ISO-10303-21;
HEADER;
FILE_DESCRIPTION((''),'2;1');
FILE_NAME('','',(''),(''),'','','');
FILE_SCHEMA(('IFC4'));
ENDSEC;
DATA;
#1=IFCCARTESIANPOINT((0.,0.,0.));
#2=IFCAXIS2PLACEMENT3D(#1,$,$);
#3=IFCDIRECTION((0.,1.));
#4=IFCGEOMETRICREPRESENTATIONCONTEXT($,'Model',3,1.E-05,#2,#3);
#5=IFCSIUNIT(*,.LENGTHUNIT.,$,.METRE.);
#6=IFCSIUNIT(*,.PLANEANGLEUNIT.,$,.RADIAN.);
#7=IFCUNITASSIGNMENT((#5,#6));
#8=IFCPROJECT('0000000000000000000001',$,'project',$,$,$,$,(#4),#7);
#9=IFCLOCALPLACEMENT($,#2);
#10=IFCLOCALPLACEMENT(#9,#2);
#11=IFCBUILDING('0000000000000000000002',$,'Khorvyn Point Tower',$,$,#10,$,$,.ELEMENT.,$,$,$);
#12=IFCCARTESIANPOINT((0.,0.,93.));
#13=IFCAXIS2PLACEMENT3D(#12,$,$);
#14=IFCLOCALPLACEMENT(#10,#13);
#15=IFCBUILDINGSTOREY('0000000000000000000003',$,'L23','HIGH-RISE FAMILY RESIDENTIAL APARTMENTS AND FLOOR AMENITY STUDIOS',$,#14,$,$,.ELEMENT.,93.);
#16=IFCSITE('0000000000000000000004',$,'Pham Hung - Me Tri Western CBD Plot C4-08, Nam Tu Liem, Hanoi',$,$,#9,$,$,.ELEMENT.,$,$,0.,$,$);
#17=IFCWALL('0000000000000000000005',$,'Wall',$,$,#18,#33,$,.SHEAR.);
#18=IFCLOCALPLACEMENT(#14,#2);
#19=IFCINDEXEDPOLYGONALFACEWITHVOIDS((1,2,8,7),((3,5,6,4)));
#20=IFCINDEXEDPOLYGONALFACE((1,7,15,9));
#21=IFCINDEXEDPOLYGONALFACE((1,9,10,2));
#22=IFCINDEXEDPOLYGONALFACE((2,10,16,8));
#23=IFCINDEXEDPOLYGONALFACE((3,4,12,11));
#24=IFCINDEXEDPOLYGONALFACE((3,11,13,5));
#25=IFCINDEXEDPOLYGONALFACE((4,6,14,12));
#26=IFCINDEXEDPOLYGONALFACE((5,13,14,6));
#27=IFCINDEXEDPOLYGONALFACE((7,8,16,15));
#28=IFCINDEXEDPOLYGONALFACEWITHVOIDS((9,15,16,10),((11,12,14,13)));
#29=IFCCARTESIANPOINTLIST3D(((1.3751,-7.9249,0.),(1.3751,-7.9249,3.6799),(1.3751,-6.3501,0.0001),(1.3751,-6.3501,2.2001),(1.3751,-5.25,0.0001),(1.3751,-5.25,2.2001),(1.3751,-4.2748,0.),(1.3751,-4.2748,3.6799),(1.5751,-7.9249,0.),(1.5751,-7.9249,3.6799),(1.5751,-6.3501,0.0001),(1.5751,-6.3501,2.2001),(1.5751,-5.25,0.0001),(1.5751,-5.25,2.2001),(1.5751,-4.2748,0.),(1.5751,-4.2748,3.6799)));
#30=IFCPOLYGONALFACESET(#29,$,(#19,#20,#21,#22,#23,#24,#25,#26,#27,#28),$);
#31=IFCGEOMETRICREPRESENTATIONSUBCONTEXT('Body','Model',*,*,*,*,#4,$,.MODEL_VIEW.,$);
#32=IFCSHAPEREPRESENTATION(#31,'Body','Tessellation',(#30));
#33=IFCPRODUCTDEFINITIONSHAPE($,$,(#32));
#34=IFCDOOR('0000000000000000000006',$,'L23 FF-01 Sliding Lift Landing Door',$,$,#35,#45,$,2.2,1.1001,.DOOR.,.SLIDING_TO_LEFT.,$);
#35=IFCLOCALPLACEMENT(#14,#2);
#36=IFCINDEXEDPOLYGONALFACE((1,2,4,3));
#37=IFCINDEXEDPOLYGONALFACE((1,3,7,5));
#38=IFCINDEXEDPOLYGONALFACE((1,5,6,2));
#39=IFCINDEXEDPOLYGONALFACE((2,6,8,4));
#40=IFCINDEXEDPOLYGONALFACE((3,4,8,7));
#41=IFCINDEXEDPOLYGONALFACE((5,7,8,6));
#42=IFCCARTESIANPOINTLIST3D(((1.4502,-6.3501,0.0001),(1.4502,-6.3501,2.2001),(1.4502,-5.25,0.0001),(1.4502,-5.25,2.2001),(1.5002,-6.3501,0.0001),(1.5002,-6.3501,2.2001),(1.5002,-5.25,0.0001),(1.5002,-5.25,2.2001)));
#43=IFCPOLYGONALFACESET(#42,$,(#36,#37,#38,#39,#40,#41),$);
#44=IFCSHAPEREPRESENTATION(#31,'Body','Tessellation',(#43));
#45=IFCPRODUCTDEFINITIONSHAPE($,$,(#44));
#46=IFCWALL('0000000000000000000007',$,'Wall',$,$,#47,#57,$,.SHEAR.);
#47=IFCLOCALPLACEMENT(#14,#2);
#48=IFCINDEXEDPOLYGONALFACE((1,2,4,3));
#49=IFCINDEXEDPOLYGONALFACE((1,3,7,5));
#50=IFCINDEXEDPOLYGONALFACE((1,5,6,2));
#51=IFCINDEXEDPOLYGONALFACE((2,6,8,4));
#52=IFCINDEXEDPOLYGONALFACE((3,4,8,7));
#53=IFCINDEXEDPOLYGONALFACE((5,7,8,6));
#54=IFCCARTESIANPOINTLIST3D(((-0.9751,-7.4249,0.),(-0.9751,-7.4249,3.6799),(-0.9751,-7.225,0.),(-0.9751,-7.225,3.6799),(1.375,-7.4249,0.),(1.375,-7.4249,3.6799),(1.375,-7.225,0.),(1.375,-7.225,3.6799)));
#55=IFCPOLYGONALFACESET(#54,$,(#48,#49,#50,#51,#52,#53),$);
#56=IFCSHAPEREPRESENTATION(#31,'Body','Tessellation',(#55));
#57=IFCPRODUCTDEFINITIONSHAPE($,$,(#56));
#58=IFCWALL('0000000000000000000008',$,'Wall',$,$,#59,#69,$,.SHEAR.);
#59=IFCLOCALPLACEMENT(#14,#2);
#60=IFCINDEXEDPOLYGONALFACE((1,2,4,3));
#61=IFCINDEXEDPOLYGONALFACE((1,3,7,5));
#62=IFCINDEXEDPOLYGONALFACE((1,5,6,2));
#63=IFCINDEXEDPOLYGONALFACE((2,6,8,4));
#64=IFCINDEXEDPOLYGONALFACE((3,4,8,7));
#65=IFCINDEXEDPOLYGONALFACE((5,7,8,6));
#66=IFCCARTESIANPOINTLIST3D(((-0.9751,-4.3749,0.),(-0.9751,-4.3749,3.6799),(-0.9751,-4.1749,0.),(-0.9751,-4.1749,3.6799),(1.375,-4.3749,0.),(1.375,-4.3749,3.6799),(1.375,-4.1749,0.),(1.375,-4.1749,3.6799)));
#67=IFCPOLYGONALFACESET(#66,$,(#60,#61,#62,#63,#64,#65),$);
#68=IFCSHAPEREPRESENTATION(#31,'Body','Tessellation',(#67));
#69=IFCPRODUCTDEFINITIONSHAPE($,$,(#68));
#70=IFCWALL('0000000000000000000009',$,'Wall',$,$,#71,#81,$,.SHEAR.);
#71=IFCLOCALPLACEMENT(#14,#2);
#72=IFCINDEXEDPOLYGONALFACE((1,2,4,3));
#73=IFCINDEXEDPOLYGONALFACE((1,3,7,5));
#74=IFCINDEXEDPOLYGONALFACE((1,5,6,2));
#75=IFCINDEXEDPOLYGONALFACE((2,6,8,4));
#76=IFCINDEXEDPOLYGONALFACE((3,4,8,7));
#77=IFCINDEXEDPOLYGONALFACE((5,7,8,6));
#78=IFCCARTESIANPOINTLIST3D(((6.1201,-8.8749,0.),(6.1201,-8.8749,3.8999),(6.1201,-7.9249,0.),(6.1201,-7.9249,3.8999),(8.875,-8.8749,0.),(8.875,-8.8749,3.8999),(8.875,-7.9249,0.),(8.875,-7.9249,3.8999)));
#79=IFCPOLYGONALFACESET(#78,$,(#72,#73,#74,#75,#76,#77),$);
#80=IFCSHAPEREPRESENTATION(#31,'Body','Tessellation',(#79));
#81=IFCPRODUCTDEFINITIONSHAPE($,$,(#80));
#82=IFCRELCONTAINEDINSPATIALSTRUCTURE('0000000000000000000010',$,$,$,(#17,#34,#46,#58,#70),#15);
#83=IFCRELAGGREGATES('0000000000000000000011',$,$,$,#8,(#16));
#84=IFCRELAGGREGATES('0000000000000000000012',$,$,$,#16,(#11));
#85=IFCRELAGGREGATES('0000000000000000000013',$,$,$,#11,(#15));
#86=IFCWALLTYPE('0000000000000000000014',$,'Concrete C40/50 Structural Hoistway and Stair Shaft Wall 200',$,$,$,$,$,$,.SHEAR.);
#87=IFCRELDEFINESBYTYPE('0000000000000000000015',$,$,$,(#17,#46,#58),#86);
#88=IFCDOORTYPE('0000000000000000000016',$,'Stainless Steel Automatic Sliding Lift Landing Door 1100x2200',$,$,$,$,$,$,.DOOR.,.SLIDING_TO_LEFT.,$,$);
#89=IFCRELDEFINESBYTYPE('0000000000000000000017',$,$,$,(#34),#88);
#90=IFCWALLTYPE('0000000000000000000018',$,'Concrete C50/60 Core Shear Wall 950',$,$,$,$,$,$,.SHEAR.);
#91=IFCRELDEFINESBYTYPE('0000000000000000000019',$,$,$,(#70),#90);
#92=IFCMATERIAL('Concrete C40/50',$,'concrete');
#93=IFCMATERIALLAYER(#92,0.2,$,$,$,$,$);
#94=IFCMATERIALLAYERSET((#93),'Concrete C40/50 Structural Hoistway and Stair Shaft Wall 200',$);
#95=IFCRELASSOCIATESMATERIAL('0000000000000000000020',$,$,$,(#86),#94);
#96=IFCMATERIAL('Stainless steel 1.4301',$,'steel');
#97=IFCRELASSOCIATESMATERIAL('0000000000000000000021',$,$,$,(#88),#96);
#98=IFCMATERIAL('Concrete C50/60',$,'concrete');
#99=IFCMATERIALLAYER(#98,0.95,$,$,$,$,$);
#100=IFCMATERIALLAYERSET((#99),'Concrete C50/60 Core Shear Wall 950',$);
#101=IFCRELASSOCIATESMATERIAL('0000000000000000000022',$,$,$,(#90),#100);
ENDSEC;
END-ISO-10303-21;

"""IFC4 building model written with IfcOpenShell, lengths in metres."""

from ifc_helpers import new_model, si_unit, direction, frame, frame_2d, origin, place, context, subcontext, project, spatial, rectangle, extrude, material, layer, layer_set, type_object, element, fill, save


model = new_model("IFC4")

# Units and contexts
model_context = context("Model", 3, precision=1e-05, world=origin(), true_north=direction((0.0, 1.0)))
body_context = subcontext(model_context, "Body", "Model", "MODEL_VIEW")
ifc_project = project(units=[si_unit("LENGTHUNIT", "METRE"), si_unit("PLANEANGLEUNIT", "RADIAN")], contexts=[model_context])

# Site, building, storey
site_placement = place(None, origin())
site = spatial("IfcSite", under=ifc_project, at=site_placement, Name="Pham Hung - Me Tri Western CBD Plot C4-08, Nam Tu Liem, Hanoi", CompositionType="ELEMENT", RefElevation=0.0)
building_placement = place(site_placement, origin())
building = spatial("IfcBuilding", under=site, at=building_placement, Name="Khorvyn Point Tower", CompositionType="ELEMENT")
storey_placement = place(building_placement, frame((0.0, 0.0, 93.0)))
storey = spatial("IfcBuildingStorey", under=building, at=storey_placement, Name="L23", Description="HIGH-RISE FAMILY RESIDENTIAL APARTMENTS AND FLOOR AMENITY STUDIOS", CompositionType="ELEMENT", Elevation=93.0)

# Shared definitions
ifc_material_1 = material(Name="Concrete C40/50", Category="concrete")

# Shared definitions
ifc_material_2 = material(Name="Concrete C50/60", Category="concrete")

# Shared definitions
ifc_layer_1 = layer(ifc_material_1, 0.2)
ifc_layer_set_1 = layer_set([ifc_layer_1], Name="Concrete C40/50 Structural Hoistway and Stair Shaft Wall 200")
wall_type_1 = type_object("IfcWallType", Name="Concrete C40/50 Structural Hoistway and Stair Shaft Wall 200", PredefinedType="SHEAR", material=ifc_layer_set_1)

# Wall, opening, door
wall_1_placement = place(storey_placement, frame((1.4751, -7.925, 0.0), z_axis=(0.0, 0.0, 1.0), x_axis=(0.0, 1.0, 0.0)))
wall_1 = element("IfcWall", 1, at=wall_1_placement, inside=storey, type_object=wall_type_1, Name="Wall", PredefinedType="SHEAR", context=body_context, shape_type="SweptSolid", body=[
    extrude(rectangle(XDim=3.6501, YDim=0.2, at=frame_2d((1.8252, 0.0))), origin(), (0.0, 0.0, 1.0), 3.6799),
])
opening_1_placement = place(wall_1_placement, frame((1.575, 0.0, 0.0)))
opening_1 = element("IfcOpeningElement", 2, at=opening_1_placement, cuts=wall_1, PredefinedType="OPENING", context=body_context, shape_type="SweptSolid", body=[
    extrude(rectangle(XDim=1.1001, YDim=2.2, at=frame_2d((0.55, 1.1001))), frame((0.0, 0.1099, 0.0), z_axis=(0.0, -1.0, 0.0), x_axis=(1.0, 0.0, 0.0)), (0.0, 0.0, 1.0), 0.22),
])
ifc_material_3 = material(Name="Stainless steel 1.4301", Category="steel")
door_type_1 = type_object("IfcDoorType", Name="Stainless Steel Automatic Sliding Lift Landing Door 1100x2200", OperationType="SLIDING_TO_LEFT", PredefinedType="DOOR", material=ifc_material_3)
door_1_placement = place(opening_1_placement, origin())
door_1 = element("IfcDoor", 3, at=door_1_placement, inside=storey, type_object=door_type_1, Name="L23 FF-01 Sliding Lift Landing Door", OperationType="SLIDING_TO_LEFT", OverallHeight=2.2, OverallWidth=1.1001, PredefinedType="DOOR", context=body_context, shape_type="SweptSolid", body=[
    extrude(rectangle(XDim=1.1001, YDim=2.2, at=frame_2d((0.55, 1.1001))), frame((0.0, 0.0249, 0.0), z_axis=(0.0, -1.0, 0.0), x_axis=(1.0, 0.0, 0.0)), (0.0, 0.0, 1.0), 0.05),
])
fill(opening_1, door_1)

# Walls
for number, where, z_axis, x_axis, name in (
    (4, (-0.9751, -7.325, 0.0), (0.0, 0.0, 1.0), (1.0, 0.0, 0.0), "Wall"),
    (5, (-0.9751, -4.2749, 0.0), (0.0, 0.0, 1.0), (1.0, 0.0, 0.0), "Wall"),
):
    element("IfcWall", number, at=place(storey_placement, frame(where, z_axis=z_axis, x_axis=x_axis)), inside=storey, type_object=wall_type_1, Name=name, PredefinedType="SHEAR", context=body_context, shape_type="SweptSolid", body=[
        extrude(rectangle(XDim=2.3501, YDim=0.2, at=frame_2d((1.175, 0.0))), origin(), (0.0, 0.0, 1.0), 3.6799),
    ])
ifc_layer_2 = layer(ifc_material_2, 0.95)
ifc_layer_set_2 = layer_set([ifc_layer_2], Name="Concrete C50/60 Core Shear Wall 950")
wall_type_2 = type_object("IfcWallType", Name="Concrete C50/60 Core Shear Wall 950", PredefinedType="SHEAR", material=ifc_layer_set_2)
wall_2_placement = place(storey_placement, frame((6.1201, -8.3999, 0.0), z_axis=(0.0, 0.0, 1.0), x_axis=(1.0, 0.0, 0.0)))
element("IfcWall", 6, at=wall_2_placement, inside=storey, type_object=wall_type_2, Name="Wall", PredefinedType="SHEAR", context=body_context, shape_type="SweptSolid", body=[
    extrude(rectangle(XDim=2.7549, YDim=0.95, at=frame_2d((1.3774, 0.0))), origin(), (0.0, 0.0, 1.0), 3.8999),
])

save(model, "model.ifc")
